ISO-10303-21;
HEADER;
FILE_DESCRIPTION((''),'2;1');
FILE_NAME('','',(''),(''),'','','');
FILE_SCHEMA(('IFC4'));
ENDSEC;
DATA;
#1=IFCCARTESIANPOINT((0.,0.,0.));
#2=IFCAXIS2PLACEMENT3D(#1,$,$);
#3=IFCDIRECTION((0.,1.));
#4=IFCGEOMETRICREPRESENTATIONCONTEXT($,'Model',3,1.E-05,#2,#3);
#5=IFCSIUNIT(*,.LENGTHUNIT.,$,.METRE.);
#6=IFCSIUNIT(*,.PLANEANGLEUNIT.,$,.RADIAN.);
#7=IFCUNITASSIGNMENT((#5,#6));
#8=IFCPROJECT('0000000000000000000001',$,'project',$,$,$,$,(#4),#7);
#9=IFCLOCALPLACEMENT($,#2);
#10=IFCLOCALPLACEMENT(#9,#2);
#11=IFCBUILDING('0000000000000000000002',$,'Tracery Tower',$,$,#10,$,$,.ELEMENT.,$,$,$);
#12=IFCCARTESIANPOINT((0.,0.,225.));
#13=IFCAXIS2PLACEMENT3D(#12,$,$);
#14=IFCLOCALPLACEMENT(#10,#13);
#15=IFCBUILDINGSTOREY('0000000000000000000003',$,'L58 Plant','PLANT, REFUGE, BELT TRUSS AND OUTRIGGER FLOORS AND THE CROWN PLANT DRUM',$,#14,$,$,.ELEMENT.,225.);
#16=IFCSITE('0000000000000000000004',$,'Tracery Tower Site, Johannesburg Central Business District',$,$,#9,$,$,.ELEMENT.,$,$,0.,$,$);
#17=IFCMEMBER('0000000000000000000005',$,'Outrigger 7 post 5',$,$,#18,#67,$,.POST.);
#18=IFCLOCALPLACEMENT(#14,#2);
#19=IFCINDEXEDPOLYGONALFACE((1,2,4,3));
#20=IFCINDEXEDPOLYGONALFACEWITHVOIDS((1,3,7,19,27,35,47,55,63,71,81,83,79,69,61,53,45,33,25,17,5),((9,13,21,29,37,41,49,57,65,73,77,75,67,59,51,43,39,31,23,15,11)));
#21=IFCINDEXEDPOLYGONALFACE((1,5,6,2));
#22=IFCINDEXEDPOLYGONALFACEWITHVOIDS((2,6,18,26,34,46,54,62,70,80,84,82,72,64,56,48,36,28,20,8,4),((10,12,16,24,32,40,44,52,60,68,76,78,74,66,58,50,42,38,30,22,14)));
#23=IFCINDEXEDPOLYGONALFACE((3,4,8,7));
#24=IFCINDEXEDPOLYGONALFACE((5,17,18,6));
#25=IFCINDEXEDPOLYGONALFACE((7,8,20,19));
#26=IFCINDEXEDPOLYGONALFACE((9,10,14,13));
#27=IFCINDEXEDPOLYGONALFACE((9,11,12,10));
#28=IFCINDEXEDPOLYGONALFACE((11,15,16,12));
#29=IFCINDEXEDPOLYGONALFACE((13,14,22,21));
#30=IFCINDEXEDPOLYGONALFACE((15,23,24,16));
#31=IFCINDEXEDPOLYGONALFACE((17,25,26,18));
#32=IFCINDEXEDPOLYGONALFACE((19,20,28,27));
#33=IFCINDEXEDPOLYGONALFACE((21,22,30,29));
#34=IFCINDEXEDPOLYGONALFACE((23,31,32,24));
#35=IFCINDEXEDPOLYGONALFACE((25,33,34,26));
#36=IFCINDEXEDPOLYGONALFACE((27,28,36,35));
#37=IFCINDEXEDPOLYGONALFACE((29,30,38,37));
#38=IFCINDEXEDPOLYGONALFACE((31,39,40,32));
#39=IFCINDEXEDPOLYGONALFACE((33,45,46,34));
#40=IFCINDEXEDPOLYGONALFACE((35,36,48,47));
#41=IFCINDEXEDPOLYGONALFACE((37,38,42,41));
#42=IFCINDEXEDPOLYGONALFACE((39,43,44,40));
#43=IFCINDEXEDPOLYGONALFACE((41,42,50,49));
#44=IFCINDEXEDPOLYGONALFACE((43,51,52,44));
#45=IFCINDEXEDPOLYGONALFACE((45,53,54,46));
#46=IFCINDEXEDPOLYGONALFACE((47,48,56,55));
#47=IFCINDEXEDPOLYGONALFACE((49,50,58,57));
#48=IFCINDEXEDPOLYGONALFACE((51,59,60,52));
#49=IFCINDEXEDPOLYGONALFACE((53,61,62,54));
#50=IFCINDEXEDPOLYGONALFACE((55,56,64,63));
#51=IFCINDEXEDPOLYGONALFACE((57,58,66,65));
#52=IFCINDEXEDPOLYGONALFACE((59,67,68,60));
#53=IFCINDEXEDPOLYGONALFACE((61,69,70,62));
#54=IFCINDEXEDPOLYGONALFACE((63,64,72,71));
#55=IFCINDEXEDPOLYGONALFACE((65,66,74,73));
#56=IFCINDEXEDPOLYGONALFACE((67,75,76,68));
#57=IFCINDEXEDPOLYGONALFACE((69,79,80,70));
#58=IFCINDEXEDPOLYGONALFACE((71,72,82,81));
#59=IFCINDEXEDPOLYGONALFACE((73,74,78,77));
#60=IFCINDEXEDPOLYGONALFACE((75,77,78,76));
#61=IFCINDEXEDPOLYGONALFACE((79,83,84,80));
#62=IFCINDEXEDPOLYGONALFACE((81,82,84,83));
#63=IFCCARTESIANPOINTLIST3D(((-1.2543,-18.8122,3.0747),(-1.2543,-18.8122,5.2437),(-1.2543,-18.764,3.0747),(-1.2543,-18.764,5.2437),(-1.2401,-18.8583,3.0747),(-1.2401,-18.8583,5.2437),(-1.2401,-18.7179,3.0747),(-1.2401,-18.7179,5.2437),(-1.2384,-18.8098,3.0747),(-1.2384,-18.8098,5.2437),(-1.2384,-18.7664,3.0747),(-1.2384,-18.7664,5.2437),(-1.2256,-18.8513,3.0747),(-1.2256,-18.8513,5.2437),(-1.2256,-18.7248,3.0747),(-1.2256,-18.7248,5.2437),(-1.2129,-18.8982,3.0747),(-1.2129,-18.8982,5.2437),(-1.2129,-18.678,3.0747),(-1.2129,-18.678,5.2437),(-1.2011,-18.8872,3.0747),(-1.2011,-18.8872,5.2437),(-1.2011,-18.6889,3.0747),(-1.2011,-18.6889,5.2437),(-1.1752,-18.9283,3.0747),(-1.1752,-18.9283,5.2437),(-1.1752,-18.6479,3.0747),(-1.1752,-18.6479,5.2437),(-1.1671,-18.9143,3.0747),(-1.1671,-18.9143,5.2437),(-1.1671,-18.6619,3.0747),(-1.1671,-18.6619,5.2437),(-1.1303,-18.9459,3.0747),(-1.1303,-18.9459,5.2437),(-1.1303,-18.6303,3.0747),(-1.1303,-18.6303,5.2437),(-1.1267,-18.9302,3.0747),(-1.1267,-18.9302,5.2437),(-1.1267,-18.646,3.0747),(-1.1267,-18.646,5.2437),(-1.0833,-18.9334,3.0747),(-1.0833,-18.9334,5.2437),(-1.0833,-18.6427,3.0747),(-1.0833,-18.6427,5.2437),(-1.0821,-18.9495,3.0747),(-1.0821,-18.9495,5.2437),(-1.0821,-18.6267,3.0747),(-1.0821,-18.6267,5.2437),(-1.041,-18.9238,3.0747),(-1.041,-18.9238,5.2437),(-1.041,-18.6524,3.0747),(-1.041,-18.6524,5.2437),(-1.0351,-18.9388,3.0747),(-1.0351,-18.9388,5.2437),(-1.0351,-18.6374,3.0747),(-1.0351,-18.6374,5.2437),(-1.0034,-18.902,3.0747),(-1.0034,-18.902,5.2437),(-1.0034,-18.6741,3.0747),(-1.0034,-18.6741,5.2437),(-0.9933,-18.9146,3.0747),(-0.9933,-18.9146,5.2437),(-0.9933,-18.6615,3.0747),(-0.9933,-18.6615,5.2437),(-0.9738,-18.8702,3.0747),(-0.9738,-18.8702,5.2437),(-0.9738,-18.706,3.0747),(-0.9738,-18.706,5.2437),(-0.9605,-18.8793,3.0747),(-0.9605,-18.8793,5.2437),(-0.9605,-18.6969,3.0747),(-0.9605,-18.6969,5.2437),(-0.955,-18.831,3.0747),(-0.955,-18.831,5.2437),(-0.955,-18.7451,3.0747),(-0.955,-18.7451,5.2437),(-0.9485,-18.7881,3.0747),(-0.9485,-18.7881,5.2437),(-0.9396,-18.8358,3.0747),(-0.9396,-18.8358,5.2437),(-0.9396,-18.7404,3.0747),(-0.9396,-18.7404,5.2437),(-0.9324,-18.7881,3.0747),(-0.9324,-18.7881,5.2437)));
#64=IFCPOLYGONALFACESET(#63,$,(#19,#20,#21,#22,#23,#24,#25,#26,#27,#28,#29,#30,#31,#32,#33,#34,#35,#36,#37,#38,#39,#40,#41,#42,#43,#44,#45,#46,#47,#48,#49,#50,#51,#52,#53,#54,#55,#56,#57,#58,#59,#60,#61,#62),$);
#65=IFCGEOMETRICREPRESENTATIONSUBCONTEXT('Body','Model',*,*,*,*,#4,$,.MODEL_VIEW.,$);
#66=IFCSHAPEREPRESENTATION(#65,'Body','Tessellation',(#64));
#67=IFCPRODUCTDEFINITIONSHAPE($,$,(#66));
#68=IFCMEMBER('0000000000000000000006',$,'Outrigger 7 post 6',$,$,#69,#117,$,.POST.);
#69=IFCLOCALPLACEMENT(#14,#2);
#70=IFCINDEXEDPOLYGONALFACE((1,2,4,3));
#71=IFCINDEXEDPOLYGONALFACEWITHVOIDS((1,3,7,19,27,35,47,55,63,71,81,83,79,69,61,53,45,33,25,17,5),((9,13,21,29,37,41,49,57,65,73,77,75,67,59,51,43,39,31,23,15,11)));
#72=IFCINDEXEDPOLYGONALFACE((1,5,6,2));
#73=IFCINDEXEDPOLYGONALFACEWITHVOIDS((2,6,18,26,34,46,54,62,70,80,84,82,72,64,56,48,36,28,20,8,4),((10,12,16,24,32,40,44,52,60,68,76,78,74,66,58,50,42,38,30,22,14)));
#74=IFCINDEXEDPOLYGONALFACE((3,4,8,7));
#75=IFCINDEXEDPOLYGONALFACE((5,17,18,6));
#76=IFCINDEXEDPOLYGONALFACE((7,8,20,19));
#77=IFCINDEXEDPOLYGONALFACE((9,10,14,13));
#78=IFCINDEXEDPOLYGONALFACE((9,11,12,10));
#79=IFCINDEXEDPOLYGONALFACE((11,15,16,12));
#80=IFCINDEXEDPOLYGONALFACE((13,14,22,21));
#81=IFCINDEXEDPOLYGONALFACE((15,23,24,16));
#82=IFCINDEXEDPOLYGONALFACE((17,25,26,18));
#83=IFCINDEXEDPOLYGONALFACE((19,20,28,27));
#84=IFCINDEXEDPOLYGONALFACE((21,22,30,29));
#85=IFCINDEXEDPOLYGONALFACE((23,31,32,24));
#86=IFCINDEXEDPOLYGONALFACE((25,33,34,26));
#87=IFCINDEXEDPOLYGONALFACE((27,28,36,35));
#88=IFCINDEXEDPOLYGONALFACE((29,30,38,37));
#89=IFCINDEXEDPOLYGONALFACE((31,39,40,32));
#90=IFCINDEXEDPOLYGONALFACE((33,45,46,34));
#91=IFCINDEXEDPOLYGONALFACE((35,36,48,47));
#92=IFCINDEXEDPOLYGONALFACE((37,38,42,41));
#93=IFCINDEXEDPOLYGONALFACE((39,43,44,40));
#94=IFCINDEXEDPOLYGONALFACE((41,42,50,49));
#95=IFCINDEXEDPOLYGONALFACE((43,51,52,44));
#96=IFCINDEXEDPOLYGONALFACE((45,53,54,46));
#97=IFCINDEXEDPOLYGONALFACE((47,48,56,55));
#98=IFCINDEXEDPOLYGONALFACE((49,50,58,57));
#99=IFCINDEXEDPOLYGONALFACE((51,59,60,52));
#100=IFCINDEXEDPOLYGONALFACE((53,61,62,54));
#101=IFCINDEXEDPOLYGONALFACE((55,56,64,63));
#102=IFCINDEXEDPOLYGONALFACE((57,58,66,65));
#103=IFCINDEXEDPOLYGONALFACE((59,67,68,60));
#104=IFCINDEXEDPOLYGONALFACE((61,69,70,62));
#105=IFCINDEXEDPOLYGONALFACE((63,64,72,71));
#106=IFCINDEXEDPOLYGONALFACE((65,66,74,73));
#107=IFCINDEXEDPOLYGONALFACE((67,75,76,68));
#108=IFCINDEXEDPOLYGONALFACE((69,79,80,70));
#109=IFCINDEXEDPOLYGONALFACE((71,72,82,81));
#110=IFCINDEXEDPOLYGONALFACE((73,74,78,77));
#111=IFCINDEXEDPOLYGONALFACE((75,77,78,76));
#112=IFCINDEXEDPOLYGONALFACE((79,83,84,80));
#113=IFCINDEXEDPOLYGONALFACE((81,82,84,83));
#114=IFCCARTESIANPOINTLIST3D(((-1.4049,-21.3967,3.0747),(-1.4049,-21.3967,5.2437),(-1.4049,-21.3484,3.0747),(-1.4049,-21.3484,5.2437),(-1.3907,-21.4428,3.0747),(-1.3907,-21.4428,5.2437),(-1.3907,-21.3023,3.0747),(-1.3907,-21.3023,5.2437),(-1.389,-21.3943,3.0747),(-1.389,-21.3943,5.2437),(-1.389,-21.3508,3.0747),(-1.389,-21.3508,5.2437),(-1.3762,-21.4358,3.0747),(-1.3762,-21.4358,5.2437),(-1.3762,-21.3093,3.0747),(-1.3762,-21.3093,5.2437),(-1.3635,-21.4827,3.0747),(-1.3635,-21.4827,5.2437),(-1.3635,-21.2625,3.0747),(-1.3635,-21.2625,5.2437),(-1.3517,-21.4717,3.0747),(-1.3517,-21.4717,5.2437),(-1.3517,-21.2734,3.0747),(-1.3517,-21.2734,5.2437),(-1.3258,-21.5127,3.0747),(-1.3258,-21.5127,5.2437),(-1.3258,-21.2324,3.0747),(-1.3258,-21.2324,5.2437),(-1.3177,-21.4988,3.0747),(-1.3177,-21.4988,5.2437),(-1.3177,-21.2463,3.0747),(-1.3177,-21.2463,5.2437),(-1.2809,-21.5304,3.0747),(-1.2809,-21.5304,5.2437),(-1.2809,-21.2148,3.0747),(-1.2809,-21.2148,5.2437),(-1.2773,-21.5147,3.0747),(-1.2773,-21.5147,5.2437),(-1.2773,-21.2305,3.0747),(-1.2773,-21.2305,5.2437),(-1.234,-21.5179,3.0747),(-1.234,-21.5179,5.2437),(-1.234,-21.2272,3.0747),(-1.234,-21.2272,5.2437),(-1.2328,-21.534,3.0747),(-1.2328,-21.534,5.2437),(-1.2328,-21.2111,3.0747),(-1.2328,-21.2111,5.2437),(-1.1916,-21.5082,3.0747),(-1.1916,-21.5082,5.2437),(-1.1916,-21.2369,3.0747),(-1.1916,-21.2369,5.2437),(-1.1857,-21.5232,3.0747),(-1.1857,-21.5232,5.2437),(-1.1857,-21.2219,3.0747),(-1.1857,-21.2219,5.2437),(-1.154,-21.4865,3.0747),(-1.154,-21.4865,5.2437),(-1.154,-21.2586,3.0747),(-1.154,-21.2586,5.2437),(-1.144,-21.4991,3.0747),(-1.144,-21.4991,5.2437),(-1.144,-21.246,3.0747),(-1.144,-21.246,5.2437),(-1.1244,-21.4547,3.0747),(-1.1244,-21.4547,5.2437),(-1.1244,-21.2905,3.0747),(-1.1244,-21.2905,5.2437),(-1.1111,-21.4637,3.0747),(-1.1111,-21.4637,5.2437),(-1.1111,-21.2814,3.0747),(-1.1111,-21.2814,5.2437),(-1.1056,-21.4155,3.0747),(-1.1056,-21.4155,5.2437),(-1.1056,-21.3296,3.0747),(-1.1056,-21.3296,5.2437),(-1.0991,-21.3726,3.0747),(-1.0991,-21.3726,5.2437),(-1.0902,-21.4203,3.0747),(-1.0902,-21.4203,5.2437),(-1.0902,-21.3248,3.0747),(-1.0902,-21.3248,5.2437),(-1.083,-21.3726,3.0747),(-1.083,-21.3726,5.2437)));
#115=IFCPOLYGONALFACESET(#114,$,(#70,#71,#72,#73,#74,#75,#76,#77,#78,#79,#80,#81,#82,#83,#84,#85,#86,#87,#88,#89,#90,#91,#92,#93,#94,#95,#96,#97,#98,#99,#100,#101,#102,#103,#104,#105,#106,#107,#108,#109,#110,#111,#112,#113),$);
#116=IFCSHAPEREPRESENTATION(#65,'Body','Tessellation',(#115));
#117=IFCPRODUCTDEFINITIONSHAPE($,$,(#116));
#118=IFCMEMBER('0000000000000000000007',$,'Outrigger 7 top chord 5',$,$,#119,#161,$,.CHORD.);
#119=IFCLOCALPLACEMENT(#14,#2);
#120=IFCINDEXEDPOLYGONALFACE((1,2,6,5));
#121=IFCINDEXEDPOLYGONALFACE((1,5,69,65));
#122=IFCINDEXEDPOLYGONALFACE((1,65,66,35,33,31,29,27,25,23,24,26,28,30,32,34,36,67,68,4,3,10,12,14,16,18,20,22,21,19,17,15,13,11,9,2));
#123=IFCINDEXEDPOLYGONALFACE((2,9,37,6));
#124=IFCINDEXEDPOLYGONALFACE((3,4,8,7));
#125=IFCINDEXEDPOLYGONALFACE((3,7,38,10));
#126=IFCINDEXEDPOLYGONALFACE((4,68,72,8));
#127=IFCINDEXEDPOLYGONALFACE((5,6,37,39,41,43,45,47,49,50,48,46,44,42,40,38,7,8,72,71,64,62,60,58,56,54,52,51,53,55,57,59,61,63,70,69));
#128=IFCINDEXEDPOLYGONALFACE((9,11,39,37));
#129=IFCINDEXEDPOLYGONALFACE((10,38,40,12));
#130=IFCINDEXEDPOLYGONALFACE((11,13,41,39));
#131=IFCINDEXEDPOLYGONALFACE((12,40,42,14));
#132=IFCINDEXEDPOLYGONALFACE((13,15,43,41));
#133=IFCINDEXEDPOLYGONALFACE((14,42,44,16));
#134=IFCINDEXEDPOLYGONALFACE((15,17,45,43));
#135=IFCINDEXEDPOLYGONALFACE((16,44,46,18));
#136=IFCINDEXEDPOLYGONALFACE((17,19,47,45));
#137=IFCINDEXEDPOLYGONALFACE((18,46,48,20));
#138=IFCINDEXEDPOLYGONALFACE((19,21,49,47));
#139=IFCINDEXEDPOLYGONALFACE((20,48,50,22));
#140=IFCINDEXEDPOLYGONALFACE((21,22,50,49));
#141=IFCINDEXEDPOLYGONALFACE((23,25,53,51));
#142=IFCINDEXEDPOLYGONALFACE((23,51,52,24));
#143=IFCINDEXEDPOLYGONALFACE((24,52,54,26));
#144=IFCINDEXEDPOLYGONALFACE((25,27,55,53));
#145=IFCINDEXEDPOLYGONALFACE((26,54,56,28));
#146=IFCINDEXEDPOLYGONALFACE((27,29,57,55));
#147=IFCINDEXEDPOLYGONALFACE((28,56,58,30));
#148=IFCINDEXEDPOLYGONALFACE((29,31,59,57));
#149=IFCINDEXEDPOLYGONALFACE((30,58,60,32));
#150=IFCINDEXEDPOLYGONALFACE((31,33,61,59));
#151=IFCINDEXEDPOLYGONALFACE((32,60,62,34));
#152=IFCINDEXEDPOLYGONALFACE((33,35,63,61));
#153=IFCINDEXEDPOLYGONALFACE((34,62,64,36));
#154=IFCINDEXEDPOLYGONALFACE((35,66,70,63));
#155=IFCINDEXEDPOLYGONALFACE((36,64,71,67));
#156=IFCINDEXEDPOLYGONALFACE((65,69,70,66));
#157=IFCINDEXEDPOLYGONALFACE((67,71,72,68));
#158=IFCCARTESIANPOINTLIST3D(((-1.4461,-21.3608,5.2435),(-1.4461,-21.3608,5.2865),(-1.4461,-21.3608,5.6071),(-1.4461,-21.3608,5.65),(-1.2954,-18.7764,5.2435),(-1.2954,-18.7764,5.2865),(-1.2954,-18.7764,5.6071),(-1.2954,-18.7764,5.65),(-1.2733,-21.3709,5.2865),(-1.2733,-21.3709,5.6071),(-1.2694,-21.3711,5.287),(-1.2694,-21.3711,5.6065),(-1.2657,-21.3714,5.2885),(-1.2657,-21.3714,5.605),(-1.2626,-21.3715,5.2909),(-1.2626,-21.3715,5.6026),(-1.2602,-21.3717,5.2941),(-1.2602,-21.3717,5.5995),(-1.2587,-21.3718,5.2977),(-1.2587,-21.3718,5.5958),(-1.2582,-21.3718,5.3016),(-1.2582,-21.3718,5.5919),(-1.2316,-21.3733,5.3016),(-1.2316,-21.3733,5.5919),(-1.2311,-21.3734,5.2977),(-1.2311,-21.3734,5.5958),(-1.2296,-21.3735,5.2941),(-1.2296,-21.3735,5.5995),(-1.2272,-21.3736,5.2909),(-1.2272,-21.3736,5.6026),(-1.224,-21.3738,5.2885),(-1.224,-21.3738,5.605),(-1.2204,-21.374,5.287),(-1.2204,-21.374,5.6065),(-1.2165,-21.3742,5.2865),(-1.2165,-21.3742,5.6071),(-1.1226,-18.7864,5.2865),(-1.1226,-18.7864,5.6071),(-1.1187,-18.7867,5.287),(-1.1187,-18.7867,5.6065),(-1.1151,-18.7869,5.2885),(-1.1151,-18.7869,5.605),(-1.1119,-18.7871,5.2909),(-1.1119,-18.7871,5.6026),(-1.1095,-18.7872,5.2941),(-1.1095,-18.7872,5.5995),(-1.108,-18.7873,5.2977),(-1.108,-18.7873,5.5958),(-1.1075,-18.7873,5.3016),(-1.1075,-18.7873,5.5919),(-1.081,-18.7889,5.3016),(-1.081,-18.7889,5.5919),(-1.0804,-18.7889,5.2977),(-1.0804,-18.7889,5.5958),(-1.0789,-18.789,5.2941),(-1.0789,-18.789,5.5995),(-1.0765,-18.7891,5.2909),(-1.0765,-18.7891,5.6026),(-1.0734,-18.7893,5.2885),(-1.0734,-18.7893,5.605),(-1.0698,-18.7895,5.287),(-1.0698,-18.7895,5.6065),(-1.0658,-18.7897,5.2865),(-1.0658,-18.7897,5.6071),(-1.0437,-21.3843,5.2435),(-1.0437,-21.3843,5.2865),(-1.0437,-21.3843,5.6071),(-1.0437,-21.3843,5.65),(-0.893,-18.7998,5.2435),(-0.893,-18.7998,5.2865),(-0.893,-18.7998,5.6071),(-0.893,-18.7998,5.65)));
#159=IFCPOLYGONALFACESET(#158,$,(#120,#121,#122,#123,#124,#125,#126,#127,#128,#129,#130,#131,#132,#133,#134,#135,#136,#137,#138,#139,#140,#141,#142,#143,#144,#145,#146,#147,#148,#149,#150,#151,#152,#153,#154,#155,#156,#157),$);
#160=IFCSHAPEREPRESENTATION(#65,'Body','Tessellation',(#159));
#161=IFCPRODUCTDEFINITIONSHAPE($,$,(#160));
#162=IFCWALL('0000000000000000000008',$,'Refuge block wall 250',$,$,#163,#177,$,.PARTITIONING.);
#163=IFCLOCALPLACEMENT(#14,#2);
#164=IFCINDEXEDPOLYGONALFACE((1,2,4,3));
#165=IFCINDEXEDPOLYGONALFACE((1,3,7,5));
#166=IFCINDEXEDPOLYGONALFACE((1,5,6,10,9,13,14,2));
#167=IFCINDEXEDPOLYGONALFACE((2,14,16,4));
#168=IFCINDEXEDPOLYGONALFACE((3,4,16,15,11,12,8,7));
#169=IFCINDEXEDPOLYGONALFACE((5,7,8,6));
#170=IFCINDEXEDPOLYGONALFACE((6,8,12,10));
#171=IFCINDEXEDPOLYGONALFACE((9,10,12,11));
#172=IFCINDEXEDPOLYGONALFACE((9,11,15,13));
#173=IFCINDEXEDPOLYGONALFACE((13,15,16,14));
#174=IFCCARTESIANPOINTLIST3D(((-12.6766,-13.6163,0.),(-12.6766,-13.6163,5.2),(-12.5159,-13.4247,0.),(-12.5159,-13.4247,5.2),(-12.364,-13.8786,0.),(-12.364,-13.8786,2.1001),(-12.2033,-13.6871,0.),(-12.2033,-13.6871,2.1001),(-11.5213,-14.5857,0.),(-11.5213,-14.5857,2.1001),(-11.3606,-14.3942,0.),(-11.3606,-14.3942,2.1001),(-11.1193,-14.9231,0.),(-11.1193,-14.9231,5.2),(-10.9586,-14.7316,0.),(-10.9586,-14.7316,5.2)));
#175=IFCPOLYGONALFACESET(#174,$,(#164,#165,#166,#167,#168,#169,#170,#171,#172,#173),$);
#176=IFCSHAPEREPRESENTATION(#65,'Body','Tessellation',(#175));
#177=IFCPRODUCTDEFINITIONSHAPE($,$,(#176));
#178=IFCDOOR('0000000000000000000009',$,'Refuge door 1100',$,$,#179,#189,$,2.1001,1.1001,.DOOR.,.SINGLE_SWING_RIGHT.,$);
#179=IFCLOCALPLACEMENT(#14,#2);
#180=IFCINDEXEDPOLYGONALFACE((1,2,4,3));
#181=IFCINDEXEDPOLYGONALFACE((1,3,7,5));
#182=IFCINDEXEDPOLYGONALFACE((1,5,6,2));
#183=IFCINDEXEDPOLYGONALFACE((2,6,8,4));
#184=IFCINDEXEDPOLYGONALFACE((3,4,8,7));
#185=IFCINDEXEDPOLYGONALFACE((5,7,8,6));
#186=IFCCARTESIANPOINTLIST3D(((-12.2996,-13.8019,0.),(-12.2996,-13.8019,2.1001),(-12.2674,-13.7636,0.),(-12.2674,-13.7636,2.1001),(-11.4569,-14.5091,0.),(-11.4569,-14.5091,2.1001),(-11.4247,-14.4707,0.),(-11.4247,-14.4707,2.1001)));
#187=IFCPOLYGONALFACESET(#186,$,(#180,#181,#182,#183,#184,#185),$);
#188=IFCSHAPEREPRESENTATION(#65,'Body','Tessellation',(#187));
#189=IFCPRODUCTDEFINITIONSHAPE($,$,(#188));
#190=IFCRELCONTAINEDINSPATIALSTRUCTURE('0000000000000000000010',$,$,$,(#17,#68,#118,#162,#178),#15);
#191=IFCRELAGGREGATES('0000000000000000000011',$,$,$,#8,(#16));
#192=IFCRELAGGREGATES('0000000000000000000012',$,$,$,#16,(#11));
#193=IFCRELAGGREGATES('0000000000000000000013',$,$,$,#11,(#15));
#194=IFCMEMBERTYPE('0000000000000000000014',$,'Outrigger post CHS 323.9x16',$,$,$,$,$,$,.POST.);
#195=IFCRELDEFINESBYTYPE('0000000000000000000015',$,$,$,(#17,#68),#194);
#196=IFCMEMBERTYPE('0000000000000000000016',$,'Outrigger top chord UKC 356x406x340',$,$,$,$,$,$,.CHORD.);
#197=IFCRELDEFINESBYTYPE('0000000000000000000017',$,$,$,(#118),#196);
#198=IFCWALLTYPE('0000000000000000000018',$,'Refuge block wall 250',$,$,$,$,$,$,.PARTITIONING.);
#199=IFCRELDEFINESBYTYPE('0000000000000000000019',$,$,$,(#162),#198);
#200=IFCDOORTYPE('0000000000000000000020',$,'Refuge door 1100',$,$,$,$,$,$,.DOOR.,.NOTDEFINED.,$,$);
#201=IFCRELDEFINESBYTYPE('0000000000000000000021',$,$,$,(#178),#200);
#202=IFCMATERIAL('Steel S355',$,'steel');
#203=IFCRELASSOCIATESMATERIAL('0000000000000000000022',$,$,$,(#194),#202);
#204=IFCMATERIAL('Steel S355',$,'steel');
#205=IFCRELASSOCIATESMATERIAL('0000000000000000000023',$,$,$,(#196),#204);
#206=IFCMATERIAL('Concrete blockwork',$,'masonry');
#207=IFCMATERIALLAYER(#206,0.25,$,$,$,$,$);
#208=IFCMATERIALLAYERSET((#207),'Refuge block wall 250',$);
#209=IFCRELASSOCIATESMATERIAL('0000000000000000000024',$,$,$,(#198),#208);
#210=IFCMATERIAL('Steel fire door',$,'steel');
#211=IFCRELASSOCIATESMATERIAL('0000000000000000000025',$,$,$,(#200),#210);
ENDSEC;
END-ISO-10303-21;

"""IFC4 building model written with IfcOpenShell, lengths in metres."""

from ifc_helpers import new_model, si_unit, direction, frame, frame_2d, origin, origin_2d, place, context, subcontext, project, spatial, rectangle, hollow_circle, i_section, extrude, material, layer, layer_set, material_profile, profile_set, type_object, element, fill, save


model = new_model("IFC4")

# Units and contexts
model_context = context("Model", 3, precision=1e-05, world=origin(), true_north=direction((0.0, 1.0)))
body_context = subcontext(model_context, "Body", "Model", "MODEL_VIEW")
ifc_project = project(units=[si_unit("LENGTHUNIT", "METRE"), si_unit("PLANEANGLEUNIT", "RADIAN")], contexts=[model_context])

# Site, building, storey
site_placement = place(None, origin())
site = spatial("IfcSite", under=ifc_project, at=site_placement, Name="Tracery Tower Site, Johannesburg Central Business District", CompositionType="ELEMENT", RefElevation=0.0)
building_placement = place(site_placement, origin())
building = spatial("IfcBuilding", under=site, at=building_placement, Name="Tracery Tower", CompositionType="ELEMENT")
storey_placement = place(building_placement, frame((0.0, 0.0, 225.0)))
storey = spatial("IfcBuildingStorey", under=building, at=storey_placement, Name="L58 Plant", Description="PLANT, REFUGE, BELT TRUSS AND OUTRIGGER FLOORS AND THE CROWN PLANT DRUM", CompositionType="ELEMENT", Elevation=225.0)

# Members
ifc_material_1 = material(Name="Steel S355", Category="steel")
ifc_material_profile_1 = material_profile(ifc_material_1, hollow_circle(Radius=0.1619, WallThickness=0.0161, at=origin_2d()), Name="CHS 323.9x16")
ifc_profile_set_1 = profile_set([ifc_material_profile_1], Name="Steel S355")
member_type_1 = type_object("IfcMemberType", Name="Outrigger post CHS 323.9x16", PredefinedType="POST", material=ifc_profile_set_1)
for number, where, z_axis, x_axis, name in (
    (1, (-1.0942, -18.7881, 3.0747), (0.0, 0.0, 1.0), (1.0, 0.0, 0.0), "Outrigger 7 post 5"),
    (2, (-1.2449, -21.3726, 3.0747), (0.0, 0.0, 1.0), (1.0, 0.0, 0.0), "Outrigger 7 post 6"),
):
    element("IfcMember", number, at=place(storey_placement, frame(where, z_axis=z_axis, x_axis=x_axis)), inside=storey, type_object=member_type_1, Name=name, PredefinedType="POST", context=body_context, shape_type="SweptSolid", body=[
        extrude(hollow_circle(Radius=0.1619, WallThickness=0.0161, at=origin_2d()), origin(), (0.0, 0.0, 1.0), 2.1689),
    ])
ifc_material_2 = material(Name="Steel S355", Category="steel")
ifc_material_profile_2 = material_profile(ifc_material_2, i_section(OverallWidth=0.4031, OverallDepth=0.4065, WebThickness=0.0266, FlangeThickness=0.043, FilletRadius=0.0151, at=origin_2d()), Name="UKC 356x406x340")
ifc_profile_set_2 = profile_set([ifc_material_profile_2], Name="Steel S355")
member_type_2 = type_object("IfcMemberType", Name="Outrigger top chord UKC 356x406x340", PredefinedType="CHORD", material=ifc_profile_set_2)
member_1_placement = place(storey_placement, frame((-1.0942, -18.7881, 5.4468), z_axis=(-0.058186, -0.998306, 0.0), x_axis=(0.998306, -0.058186, 0.0)))
element("IfcMember", 3, at=member_1_placement, inside=storey, type_object=member_type_2, Name="Outrigger 7 top chord 5", PredefinedType="CHORD", context=body_context, shape_type="SweptSolid", body=[
    extrude(i_section(OverallWidth=0.4031, OverallDepth=0.4065, WebThickness=0.0266, FlangeThickness=0.043, FilletRadius=0.0151, at=origin_2d()), origin(), (0.0, 0.0, 1.0), 2.5889),
])

# Wall, opening, door
ifc_material_3 = material(Name="Concrete blockwork", Category="masonry")
ifc_layer_1 = layer(ifc_material_3, 0.25)
ifc_layer_set_1 = layer_set([ifc_layer_1], Name="Refuge block wall 250")
wall_type_1 = type_object("IfcWallType", Name="Refuge block wall 250", PredefinedType="PARTITIONING", material=ifc_layer_set_1)
wall_1_placement = place(storey_placement, frame((-11.0388, -14.8274, 0.0), z_axis=(0.0, 0.0, 1.0), x_axis=(-0.766022, 0.642815, 0.0)))
wall_1 = element("IfcWall", 4, at=wall_1_placement, inside=storey, type_object=wall_type_1, Name="Refuge block wall 250", PredefinedType="PARTITIONING", context=body_context, shape_type="SweptSolid", body=[
    extrude(rectangle(XDim=2.033, YDim=0.25, at=frame_2d((1.0166, 0.0))), origin(), (0.0, 0.0, 1.0), 5.2),
])
opening_1_placement = place(wall_1_placement, frame((0.5249, 0.0, 0.0)))
opening_1 = element("IfcOpeningElement", 5, at=opening_1_placement, cuts=wall_1, PredefinedType="OPENING", context=body_context, shape_type="SweptSolid", body=[
    extrude(rectangle(XDim=1.1001, YDim=2.1001, at=frame_2d((0.55, 1.05))), frame((0.0, 0.125, 0.0), z_axis=(0.0, -1.0, 0.0), x_axis=(1.0, 0.0, 0.0)), (0.0, 0.0, 1.0), 0.25),
])
ifc_material_4 = material(Name="Steel fire door", Category="steel")
door_type_1 = type_object("IfcDoorType", Name="Refuge door 1100", OperationType="NOTDEFINED", PredefinedType="DOOR", material=ifc_material_4)
door_1_placement = place(opening_1_placement, origin())
door_1 = element("IfcDoor", 6, at=door_1_placement, inside=storey, type_object=door_type_1, Name="Refuge door 1100", OperationType="SINGLE_SWING_RIGHT", OverallHeight=2.1001, OverallWidth=1.1001, PredefinedType="DOOR", context=body_context, shape_type="SweptSolid", body=[
    extrude(rectangle(XDim=1.1001, YDim=2.1001, at=frame_2d((0.55, 1.05))), frame((0.0, 0.0249, 0.0), z_axis=(0.0, -1.0, 0.0), x_axis=(1.0, 0.0, 0.0)), (0.0, 0.0, 1.0), 0.05),
])
fill(opening_1, door_1)

save(model, "model.ifc")
